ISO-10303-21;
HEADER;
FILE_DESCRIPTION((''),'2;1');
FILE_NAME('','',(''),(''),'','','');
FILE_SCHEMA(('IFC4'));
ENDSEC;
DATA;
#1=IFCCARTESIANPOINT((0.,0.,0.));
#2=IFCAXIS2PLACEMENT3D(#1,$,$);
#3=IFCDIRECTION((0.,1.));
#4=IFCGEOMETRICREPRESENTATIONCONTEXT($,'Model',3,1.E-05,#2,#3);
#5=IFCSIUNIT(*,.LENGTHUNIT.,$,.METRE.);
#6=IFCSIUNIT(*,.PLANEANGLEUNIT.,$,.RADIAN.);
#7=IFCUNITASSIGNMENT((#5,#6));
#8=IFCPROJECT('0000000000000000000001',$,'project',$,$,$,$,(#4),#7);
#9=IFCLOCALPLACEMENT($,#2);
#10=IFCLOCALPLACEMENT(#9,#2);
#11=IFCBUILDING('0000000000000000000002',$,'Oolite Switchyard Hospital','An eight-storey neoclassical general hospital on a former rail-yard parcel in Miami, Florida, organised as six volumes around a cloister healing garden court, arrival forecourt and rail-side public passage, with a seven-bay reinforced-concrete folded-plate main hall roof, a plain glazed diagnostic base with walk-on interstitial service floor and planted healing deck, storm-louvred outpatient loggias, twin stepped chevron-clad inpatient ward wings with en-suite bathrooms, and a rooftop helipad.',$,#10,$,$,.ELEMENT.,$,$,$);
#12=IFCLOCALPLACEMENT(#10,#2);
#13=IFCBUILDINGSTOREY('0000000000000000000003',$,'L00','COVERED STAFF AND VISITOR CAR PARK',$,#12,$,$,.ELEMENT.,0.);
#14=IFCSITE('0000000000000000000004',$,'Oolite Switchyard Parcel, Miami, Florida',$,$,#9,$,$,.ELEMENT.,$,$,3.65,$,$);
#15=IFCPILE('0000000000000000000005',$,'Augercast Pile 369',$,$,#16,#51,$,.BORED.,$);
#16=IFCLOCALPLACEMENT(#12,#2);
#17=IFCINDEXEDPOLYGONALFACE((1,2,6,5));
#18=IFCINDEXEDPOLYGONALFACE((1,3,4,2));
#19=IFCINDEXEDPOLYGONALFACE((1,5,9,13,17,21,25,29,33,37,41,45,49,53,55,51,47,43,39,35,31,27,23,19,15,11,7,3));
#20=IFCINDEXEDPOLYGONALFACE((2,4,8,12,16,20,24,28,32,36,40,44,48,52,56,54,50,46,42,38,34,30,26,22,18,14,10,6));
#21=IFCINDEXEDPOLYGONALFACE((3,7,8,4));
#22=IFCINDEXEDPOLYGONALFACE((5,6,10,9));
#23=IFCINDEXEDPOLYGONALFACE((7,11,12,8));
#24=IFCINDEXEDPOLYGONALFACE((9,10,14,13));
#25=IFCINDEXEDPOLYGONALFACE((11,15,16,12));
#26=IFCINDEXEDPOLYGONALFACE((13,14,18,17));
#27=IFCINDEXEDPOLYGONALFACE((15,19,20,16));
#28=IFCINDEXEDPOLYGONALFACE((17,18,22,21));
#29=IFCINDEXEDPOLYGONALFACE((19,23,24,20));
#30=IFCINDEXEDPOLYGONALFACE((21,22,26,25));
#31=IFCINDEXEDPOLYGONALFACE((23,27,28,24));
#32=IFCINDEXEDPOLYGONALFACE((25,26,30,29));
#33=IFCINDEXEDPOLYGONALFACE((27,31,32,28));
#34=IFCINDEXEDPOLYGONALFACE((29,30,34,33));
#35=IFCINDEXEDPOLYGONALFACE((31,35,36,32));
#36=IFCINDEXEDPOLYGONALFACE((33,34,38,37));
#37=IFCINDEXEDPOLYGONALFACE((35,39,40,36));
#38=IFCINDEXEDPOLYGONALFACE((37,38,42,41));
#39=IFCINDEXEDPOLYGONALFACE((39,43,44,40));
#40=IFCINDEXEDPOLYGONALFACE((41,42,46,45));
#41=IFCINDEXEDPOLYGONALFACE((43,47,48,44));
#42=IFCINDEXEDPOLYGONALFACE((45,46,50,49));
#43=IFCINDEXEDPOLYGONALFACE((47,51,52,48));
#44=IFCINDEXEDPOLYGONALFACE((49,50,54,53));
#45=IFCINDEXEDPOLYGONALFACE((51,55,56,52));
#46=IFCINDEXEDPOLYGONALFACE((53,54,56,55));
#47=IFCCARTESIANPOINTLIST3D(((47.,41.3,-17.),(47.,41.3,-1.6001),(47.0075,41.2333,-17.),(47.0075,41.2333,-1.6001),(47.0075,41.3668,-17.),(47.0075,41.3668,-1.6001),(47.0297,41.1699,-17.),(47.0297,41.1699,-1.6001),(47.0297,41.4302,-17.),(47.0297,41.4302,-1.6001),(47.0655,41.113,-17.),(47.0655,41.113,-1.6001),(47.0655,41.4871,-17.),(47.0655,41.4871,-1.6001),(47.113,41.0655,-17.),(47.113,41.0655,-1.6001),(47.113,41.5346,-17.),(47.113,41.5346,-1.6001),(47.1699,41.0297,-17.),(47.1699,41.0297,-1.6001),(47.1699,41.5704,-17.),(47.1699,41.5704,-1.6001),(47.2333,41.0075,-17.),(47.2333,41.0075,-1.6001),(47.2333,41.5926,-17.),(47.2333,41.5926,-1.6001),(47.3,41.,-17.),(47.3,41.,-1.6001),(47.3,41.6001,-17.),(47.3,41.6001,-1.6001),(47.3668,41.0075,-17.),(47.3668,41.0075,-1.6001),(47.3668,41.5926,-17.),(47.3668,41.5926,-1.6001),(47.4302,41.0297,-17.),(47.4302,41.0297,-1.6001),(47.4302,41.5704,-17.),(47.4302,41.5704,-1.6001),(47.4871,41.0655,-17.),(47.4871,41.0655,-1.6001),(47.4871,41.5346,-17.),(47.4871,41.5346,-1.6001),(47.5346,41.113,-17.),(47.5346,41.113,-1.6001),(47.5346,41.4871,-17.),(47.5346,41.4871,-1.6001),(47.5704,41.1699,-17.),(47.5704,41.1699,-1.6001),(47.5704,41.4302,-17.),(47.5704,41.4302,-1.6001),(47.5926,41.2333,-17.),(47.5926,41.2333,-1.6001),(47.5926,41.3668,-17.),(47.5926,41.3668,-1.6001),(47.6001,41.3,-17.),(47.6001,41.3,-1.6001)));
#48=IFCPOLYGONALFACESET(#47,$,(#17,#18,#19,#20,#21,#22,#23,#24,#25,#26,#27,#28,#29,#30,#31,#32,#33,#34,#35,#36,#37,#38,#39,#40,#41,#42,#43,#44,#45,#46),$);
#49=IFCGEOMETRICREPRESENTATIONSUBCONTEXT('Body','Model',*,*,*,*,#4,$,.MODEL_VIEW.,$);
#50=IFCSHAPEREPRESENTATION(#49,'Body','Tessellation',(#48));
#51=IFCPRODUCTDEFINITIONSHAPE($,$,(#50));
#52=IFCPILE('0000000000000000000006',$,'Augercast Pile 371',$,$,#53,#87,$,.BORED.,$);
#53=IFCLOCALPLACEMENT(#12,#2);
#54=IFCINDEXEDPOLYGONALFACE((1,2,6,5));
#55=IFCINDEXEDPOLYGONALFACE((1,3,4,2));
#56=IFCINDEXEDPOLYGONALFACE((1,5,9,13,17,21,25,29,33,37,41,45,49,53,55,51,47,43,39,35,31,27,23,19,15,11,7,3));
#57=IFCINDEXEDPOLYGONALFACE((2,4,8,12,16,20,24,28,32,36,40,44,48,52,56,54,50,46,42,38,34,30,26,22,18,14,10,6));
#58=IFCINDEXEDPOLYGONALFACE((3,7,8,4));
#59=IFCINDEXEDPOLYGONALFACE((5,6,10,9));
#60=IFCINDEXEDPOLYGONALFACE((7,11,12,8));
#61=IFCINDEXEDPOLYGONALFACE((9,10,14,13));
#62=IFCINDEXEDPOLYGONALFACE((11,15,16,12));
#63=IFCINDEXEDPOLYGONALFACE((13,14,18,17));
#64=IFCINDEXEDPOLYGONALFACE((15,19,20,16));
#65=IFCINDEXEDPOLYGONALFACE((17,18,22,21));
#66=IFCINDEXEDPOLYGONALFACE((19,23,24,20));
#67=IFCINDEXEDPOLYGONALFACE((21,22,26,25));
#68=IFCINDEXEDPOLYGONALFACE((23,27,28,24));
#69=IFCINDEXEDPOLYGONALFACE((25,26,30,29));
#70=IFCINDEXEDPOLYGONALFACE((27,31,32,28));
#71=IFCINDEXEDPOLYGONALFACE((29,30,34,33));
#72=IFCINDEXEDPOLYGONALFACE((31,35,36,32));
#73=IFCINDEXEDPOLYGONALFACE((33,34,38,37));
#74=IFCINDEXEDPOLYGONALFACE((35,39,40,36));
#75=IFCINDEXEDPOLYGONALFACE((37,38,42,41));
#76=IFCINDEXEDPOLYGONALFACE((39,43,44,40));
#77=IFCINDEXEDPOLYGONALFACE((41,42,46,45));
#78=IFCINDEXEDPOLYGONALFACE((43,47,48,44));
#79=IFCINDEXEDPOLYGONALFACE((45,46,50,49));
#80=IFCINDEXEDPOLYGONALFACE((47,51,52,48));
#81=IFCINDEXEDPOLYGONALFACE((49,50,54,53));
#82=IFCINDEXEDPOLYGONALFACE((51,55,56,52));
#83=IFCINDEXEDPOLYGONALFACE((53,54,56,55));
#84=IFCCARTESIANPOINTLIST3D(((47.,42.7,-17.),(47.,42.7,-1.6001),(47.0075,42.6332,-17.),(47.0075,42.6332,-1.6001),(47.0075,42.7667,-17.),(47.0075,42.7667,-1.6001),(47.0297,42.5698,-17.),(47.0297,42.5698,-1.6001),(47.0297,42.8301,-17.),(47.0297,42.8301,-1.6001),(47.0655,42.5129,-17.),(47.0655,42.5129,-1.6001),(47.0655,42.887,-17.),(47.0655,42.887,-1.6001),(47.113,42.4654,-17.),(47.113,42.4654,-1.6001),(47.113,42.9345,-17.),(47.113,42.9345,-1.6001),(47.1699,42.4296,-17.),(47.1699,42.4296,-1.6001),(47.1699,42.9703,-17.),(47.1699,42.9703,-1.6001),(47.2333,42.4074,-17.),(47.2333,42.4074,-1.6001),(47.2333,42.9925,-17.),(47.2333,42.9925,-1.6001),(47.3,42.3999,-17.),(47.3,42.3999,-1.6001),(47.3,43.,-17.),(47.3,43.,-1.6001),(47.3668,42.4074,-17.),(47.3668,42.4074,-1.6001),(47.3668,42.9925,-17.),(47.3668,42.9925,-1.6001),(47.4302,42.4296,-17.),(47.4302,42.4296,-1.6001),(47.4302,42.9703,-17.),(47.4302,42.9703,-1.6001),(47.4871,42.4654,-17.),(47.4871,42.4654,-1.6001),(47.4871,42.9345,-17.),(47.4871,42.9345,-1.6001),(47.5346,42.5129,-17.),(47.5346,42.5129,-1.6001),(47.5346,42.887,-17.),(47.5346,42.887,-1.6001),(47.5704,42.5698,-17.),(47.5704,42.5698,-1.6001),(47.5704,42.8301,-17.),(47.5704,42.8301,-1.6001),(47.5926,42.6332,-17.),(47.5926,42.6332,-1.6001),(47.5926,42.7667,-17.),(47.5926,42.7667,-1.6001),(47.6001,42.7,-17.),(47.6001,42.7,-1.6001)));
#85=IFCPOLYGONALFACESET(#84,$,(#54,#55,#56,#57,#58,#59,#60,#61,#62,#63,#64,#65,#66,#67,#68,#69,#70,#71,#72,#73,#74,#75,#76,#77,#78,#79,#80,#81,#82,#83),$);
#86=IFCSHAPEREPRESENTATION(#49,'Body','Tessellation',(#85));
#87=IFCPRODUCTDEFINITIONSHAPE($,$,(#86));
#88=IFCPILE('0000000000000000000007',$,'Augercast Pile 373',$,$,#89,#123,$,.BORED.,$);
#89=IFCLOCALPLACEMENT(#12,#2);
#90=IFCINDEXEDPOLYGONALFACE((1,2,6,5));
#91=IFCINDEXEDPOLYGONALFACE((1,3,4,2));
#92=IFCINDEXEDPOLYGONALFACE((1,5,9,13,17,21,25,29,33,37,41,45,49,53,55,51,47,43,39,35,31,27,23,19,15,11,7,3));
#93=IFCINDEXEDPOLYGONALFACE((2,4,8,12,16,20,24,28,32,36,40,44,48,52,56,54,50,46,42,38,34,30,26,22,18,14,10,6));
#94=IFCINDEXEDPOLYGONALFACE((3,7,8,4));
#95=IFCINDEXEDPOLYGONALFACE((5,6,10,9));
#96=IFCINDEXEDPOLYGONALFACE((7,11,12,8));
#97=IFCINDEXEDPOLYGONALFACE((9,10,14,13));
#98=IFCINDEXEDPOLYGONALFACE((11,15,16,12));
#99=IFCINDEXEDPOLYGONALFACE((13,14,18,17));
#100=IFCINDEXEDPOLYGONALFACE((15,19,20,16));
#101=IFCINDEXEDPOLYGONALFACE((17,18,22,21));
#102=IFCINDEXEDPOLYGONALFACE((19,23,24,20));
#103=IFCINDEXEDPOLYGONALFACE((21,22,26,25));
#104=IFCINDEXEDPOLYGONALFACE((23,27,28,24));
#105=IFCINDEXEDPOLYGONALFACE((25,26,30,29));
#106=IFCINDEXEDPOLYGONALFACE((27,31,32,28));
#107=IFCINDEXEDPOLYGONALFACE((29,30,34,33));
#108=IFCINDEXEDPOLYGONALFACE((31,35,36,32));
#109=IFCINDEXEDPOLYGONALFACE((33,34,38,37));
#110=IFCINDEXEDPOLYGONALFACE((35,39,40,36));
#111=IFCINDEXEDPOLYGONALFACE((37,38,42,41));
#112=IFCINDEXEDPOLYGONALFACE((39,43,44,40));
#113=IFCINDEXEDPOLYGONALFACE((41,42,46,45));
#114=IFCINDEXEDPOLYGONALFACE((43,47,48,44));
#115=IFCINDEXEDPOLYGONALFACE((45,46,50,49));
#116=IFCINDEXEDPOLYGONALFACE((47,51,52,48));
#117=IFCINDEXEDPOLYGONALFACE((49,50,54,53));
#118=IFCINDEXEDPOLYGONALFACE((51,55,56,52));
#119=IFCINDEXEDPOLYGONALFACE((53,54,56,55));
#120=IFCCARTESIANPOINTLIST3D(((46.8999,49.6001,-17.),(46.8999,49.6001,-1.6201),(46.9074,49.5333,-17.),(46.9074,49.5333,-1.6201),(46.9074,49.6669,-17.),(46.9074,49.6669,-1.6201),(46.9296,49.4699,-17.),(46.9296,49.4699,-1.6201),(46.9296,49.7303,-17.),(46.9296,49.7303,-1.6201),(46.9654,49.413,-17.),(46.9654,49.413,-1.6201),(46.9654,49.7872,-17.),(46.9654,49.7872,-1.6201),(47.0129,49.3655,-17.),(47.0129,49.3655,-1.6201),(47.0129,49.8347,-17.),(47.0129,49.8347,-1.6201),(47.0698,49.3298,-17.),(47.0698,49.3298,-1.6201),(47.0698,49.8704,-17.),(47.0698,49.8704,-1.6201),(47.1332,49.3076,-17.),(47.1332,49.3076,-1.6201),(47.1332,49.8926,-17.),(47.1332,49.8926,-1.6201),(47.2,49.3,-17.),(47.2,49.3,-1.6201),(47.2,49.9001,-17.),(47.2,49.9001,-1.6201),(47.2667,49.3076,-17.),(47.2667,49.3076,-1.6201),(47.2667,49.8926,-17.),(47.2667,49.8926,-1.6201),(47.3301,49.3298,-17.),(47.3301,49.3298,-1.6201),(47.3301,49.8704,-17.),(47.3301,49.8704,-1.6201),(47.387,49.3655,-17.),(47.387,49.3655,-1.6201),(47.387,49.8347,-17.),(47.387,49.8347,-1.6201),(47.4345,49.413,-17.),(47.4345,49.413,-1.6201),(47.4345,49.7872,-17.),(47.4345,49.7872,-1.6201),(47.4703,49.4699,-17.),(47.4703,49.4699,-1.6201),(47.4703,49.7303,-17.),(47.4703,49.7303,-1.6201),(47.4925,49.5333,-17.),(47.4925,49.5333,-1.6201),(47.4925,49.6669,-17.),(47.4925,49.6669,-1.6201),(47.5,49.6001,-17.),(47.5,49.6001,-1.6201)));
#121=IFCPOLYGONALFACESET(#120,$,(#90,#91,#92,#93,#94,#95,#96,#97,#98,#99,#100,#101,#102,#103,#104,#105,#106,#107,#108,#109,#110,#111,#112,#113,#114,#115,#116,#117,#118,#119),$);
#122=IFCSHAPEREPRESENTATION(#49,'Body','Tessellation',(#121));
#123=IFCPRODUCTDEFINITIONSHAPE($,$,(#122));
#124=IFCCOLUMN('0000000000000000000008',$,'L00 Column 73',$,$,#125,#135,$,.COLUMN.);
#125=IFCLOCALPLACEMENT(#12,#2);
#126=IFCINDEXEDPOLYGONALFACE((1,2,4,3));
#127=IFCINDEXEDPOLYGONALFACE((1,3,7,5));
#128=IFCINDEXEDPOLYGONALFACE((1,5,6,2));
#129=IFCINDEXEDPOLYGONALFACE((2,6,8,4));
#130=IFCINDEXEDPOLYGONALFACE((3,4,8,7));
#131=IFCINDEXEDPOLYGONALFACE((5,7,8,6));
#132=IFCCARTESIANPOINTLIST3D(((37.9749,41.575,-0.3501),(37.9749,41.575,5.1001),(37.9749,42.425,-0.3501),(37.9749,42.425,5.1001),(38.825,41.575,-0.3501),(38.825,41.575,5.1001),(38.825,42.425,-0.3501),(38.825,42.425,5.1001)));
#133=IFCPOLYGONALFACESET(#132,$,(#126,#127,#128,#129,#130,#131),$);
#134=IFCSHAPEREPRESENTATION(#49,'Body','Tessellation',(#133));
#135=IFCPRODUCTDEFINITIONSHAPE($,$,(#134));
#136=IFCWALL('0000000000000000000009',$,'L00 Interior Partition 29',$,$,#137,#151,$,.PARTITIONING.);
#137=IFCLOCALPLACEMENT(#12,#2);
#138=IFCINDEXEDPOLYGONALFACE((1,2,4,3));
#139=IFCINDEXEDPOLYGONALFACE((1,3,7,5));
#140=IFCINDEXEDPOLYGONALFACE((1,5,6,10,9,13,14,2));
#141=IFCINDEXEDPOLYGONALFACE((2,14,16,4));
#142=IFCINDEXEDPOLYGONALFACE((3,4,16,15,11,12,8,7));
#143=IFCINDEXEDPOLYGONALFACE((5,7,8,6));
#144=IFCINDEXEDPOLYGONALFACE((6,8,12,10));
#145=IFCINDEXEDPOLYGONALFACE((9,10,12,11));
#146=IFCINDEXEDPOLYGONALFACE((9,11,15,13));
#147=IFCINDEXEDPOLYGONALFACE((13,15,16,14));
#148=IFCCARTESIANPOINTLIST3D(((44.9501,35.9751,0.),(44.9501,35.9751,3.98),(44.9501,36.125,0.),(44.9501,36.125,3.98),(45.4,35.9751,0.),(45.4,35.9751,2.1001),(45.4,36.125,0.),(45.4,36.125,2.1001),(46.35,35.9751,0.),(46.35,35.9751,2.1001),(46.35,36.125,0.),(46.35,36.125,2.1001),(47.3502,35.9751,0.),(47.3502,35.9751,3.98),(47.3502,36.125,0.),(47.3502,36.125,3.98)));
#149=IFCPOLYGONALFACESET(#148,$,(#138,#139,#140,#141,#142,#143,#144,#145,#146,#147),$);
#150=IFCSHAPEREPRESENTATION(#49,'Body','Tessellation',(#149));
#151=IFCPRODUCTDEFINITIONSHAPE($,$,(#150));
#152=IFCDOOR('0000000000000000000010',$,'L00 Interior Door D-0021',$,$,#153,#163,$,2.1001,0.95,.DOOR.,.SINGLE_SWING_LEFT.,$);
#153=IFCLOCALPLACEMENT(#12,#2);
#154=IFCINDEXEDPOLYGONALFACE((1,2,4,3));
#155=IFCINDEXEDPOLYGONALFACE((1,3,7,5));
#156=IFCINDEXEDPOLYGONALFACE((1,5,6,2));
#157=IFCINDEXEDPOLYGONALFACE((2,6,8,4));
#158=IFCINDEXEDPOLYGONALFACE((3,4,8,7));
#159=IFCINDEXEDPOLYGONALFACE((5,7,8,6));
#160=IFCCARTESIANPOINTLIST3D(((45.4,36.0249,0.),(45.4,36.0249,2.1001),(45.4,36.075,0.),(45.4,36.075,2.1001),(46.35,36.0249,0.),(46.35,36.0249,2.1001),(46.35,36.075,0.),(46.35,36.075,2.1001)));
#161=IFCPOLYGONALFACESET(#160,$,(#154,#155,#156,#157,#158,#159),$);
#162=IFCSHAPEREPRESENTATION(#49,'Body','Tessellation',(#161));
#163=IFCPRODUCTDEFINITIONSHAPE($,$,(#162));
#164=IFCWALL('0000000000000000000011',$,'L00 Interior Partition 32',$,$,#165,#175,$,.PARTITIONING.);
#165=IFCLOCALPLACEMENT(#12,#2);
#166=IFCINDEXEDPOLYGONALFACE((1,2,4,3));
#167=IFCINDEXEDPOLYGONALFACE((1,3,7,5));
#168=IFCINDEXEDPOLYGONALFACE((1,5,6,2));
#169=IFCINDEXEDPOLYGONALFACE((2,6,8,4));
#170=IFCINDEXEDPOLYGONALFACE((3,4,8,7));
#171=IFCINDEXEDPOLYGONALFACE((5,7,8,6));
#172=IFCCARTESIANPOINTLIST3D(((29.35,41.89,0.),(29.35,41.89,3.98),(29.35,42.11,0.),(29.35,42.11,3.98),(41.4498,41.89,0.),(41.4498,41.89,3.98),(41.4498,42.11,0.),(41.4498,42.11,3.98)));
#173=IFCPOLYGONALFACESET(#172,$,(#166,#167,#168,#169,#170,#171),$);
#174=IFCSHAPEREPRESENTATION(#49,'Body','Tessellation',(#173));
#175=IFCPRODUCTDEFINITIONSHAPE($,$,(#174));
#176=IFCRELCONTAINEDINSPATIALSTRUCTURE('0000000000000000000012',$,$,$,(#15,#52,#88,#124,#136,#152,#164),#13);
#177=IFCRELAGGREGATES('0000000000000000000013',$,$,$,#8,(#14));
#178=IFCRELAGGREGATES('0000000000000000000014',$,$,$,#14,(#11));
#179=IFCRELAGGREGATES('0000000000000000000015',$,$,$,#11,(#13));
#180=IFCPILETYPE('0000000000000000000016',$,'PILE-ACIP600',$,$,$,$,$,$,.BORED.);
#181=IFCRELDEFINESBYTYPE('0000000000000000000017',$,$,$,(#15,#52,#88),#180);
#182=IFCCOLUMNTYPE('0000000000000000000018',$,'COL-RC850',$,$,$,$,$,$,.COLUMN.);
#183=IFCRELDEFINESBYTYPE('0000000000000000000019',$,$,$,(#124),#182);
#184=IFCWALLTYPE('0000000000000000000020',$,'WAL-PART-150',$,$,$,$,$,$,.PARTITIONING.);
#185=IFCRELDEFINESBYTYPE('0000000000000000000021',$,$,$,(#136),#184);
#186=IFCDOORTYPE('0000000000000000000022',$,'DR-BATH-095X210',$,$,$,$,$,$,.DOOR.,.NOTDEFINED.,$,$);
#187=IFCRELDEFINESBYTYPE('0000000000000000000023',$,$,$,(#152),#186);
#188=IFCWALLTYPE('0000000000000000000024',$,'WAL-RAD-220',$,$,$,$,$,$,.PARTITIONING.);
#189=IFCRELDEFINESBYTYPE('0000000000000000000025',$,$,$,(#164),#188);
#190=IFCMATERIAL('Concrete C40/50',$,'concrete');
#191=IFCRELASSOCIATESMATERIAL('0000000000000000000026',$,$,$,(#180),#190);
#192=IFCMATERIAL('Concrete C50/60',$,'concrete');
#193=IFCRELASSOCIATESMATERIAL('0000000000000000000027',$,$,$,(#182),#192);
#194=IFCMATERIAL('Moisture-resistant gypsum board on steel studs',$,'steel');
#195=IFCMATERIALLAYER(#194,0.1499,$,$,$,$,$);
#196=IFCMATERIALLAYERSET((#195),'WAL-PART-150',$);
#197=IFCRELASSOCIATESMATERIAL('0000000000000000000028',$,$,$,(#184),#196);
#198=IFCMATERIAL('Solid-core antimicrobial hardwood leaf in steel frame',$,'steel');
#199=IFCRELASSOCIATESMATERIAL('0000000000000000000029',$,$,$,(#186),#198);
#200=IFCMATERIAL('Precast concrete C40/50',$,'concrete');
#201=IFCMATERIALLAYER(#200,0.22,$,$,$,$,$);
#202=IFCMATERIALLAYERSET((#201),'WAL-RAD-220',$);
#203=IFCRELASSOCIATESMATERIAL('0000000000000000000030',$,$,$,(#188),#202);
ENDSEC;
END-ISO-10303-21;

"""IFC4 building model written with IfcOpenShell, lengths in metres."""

from ifc_helpers import new_model, si_unit, direction, frame, frame_2d, origin, origin_2d, place, context, subcontext, project, spatial, rectangle, circle, extrude, material, layer, layer_set, material_profile, profile_set, type_object, element, fill, save


model = new_model("IFC4")

# Units and contexts
model_context = context("Model", 3, precision=1e-05, world=origin(), true_north=direction((0.0, 1.0)))
body_context = subcontext(model_context, "Body", "Model", "MODEL_VIEW")
ifc_project = project(units=[si_unit("LENGTHUNIT", "METRE"), si_unit("PLANEANGLEUNIT", "RADIAN")], contexts=[model_context])

# Site, building, storey
site_placement = place(None, origin())
site = spatial("IfcSite", under=ifc_project, at=site_placement, Name="Oolite Switchyard Parcel, Miami, Florida", CompositionType="ELEMENT", RefElevation=3.65)
building_placement = place(site_placement, origin())
building = spatial("IfcBuilding", under=site, at=building_placement, Name="Oolite Switchyard Hospital", Description="An eight-storey neoclassical general hospital on a former rail-yard parcel in Miami, Florida, organised as six volumes around a cloister healing garden court, arrival forecourt and rail-side public passage, with a seven-bay reinforced-concrete folded-plate main hall roof, a plain glazed diagnostic base with walk-on interstitial service floor and planted healing deck, storm-louvred outpatient loggias, twin stepped chevron-clad inpatient ward wings with en-suite bathrooms, and a rooftop helipad.", CompositionType="ELEMENT")
storey_placement = place(building_placement, origin())
storey = spatial("IfcBuildingStorey", under=building, at=storey_placement, Name="L00", Description="COVERED STAFF AND VISITOR CAR PARK", CompositionType="ELEMENT", Elevation=0.0)

# Shared definitions
ifc_material_1 = material(Name="Concrete C40/50", Category="concrete")

# Piles
ifc_material_profile_1 = material_profile(ifc_material_1, circle(Radius=0.3, at=origin_2d()), Name="PILE600")
ifc_profile_set_1 = profile_set([ifc_material_profile_1], Name="Concrete C40/50")
pile_type = type_object("IfcPileType", Name="PILE-ACIP600", PredefinedType="BORED", material=ifc_profile_set_1)
for number, where, z_axis, x_axis, name in (
    (1, (47.3, 41.3, -1.6001), (0.0, 0.0, -1.0), (1.0, 0.0, 0.0), "Augercast Pile 369"),
    (2, (47.3, 42.7, -1.6001), (0.0, 0.0, -1.0), (1.0, 0.0, 0.0), "Augercast Pile 371"),
):
    element("IfcPile", number, at=place(storey_placement, frame(where, z_axis=z_axis, x_axis=x_axis)), inside=storey, type_object=pile_type, Name=name, PredefinedType="BORED", context=body_context, shape_type="SweptSolid", body=[
        extrude(circle(Radius=0.3, at=origin_2d()), origin(), (0.0, 0.0, 1.0), 15.3999),
    ])
pile_1_placement = place(storey_placement, frame((47.2, 49.6001, -1.6201), z_axis=(0.0, 0.0, -1.0), x_axis=(1.0, 0.0, 0.0)))
element("IfcPile", 3, at=pile_1_placement, inside=storey, type_object=pile_type, Name="Augercast Pile 373", PredefinedType="BORED", context=body_context, shape_type="SweptSolid", body=[
    extrude(circle(Radius=0.3, at=origin_2d()), origin(), (0.0, 0.0, 1.0), 15.3799),
])

# Column
ifc_material_2 = material(Name="Concrete C50/60", Category="concrete")
ifc_material_profile_2 = material_profile(ifc_material_2, rectangle(XDim=0.8501, YDim=0.8501, at=origin_2d()), Name="RC850X850")
ifc_profile_set_2 = profile_set([ifc_material_profile_2], Name="Concrete C50/60")
column_type = type_object("IfcColumnType", Name="COL-RC850", PredefinedType="COLUMN", material=ifc_profile_set_2)
column_placement = place(storey_placement, frame((38.3999, 42.0, -0.3501), z_axis=(0.0, 0.0, 1.0), x_axis=(1.0, 0.0, 0.0)))
element("IfcColumn", 4, at=column_placement, inside=storey, type_object=column_type, Name="L00 Column 73", PredefinedType="COLUMN", context=body_context, shape_type="SweptSolid", body=[
    extrude(rectangle(XDim=0.8501, YDim=0.8501, at=origin_2d()), origin(), (0.0, 0.0, 1.0), 5.4502),
])

# Wall, opening, door
ifc_material_3 = material(Name="Moisture-resistant gypsum board on steel studs", Category="steel")
ifc_layer_1 = layer(ifc_material_3, 0.1499)
ifc_layer_set_1 = layer_set([ifc_layer_1], Name="WAL-PART-150")
wall_type_1 = type_object("IfcWallType", Name="WAL-PART-150", PredefinedType="PARTITIONING", material=ifc_layer_set_1)
wall_1_placement = place(storey_placement, frame((44.95, 36.05, 0.0), z_axis=(0.0, 0.0, 1.0), x_axis=(1.0, 0.0, 0.0)))
wall_1 = element("IfcWall", 5, at=wall_1_placement, inside=storey, type_object=wall_type_1, Name="L00 Interior Partition 29", PredefinedType="PARTITIONING", context=body_context, shape_type="SweptSolid", body=[
    extrude(rectangle(XDim=2.4001, YDim=0.1499, at=frame_2d((1.2002, 0.0))), origin(), (0.0, 0.0, 1.0), 3.98),
])
opening_1_placement = place(wall_1_placement, frame((0.45, 0.0, 0.0)))
opening_1 = element("IfcOpeningElement", 6, at=opening_1_placement, cuts=wall_1, PredefinedType="OPENING", context=body_context, shape_type="SweptSolid", body=[
    extrude(rectangle(XDim=0.95, YDim=2.1001, at=frame_2d((0.4751, 1.05))), frame((0.0, 0.085, 0.0), z_axis=(0.0, -1.0, 0.0), x_axis=(1.0, 0.0, 0.0)), (0.0, 0.0, 1.0), 0.1699),
])
ifc_material_4 = material(Name="Solid-core antimicrobial hardwood leaf in steel frame", Category="steel")
door_type_1 = type_object("IfcDoorType", Name="DR-BATH-095X210", OperationType="NOTDEFINED", PredefinedType="DOOR", material=ifc_material_4)
door_1_placement = place(opening_1_placement, origin())
door_1 = element("IfcDoor", 7, at=door_1_placement, inside=storey, type_object=door_type_1, Name="L00 Interior Door D-0021", OperationType="SINGLE_SWING_LEFT", OverallHeight=2.1001, OverallWidth=0.95, PredefinedType="DOOR", context=body_context, shape_type="SweptSolid", body=[
    extrude(rectangle(XDim=0.95, YDim=2.1001, at=frame_2d((0.4751, 1.05))), frame((0.0, 0.0249, 0.0), z_axis=(0.0, -1.0, 0.0), x_axis=(1.0, 0.0, 0.0)), (0.0, 0.0, 1.0), 0.05),
])
fill(opening_1, door_1)
ifc_material_5 = material(Name="Precast concrete C40/50", Category="concrete")
ifc_layer_2 = layer(ifc_material_5, 0.22)
ifc_layer_set_2 = layer_set([ifc_layer_2], Name="WAL-RAD-220")
wall_type_2 = type_object("IfcWallType", Name="WAL-RAD-220", PredefinedType="PARTITIONING", material=ifc_layer_set_2)

# Wall
wall_2_placement = place(storey_placement, frame((29.3501, 42.0, 0.0), z_axis=(0.0, 0.0, 1.0), x_axis=(1.0, 0.0, 0.0)))
element("IfcWall", 8, at=wall_2_placement, inside=storey, type_object=wall_type_2, Name="L00 Interior Partition 32", PredefinedType="PARTITIONING", context=body_context, shape_type="SweptSolid", body=[
    extrude(rectangle(XDim=12.0999, YDim=0.22, at=frame_2d((6.0498, 0.0))), origin(), (0.0, 0.0, 1.0), 3.98),
])

save(model, "model.ifc")
